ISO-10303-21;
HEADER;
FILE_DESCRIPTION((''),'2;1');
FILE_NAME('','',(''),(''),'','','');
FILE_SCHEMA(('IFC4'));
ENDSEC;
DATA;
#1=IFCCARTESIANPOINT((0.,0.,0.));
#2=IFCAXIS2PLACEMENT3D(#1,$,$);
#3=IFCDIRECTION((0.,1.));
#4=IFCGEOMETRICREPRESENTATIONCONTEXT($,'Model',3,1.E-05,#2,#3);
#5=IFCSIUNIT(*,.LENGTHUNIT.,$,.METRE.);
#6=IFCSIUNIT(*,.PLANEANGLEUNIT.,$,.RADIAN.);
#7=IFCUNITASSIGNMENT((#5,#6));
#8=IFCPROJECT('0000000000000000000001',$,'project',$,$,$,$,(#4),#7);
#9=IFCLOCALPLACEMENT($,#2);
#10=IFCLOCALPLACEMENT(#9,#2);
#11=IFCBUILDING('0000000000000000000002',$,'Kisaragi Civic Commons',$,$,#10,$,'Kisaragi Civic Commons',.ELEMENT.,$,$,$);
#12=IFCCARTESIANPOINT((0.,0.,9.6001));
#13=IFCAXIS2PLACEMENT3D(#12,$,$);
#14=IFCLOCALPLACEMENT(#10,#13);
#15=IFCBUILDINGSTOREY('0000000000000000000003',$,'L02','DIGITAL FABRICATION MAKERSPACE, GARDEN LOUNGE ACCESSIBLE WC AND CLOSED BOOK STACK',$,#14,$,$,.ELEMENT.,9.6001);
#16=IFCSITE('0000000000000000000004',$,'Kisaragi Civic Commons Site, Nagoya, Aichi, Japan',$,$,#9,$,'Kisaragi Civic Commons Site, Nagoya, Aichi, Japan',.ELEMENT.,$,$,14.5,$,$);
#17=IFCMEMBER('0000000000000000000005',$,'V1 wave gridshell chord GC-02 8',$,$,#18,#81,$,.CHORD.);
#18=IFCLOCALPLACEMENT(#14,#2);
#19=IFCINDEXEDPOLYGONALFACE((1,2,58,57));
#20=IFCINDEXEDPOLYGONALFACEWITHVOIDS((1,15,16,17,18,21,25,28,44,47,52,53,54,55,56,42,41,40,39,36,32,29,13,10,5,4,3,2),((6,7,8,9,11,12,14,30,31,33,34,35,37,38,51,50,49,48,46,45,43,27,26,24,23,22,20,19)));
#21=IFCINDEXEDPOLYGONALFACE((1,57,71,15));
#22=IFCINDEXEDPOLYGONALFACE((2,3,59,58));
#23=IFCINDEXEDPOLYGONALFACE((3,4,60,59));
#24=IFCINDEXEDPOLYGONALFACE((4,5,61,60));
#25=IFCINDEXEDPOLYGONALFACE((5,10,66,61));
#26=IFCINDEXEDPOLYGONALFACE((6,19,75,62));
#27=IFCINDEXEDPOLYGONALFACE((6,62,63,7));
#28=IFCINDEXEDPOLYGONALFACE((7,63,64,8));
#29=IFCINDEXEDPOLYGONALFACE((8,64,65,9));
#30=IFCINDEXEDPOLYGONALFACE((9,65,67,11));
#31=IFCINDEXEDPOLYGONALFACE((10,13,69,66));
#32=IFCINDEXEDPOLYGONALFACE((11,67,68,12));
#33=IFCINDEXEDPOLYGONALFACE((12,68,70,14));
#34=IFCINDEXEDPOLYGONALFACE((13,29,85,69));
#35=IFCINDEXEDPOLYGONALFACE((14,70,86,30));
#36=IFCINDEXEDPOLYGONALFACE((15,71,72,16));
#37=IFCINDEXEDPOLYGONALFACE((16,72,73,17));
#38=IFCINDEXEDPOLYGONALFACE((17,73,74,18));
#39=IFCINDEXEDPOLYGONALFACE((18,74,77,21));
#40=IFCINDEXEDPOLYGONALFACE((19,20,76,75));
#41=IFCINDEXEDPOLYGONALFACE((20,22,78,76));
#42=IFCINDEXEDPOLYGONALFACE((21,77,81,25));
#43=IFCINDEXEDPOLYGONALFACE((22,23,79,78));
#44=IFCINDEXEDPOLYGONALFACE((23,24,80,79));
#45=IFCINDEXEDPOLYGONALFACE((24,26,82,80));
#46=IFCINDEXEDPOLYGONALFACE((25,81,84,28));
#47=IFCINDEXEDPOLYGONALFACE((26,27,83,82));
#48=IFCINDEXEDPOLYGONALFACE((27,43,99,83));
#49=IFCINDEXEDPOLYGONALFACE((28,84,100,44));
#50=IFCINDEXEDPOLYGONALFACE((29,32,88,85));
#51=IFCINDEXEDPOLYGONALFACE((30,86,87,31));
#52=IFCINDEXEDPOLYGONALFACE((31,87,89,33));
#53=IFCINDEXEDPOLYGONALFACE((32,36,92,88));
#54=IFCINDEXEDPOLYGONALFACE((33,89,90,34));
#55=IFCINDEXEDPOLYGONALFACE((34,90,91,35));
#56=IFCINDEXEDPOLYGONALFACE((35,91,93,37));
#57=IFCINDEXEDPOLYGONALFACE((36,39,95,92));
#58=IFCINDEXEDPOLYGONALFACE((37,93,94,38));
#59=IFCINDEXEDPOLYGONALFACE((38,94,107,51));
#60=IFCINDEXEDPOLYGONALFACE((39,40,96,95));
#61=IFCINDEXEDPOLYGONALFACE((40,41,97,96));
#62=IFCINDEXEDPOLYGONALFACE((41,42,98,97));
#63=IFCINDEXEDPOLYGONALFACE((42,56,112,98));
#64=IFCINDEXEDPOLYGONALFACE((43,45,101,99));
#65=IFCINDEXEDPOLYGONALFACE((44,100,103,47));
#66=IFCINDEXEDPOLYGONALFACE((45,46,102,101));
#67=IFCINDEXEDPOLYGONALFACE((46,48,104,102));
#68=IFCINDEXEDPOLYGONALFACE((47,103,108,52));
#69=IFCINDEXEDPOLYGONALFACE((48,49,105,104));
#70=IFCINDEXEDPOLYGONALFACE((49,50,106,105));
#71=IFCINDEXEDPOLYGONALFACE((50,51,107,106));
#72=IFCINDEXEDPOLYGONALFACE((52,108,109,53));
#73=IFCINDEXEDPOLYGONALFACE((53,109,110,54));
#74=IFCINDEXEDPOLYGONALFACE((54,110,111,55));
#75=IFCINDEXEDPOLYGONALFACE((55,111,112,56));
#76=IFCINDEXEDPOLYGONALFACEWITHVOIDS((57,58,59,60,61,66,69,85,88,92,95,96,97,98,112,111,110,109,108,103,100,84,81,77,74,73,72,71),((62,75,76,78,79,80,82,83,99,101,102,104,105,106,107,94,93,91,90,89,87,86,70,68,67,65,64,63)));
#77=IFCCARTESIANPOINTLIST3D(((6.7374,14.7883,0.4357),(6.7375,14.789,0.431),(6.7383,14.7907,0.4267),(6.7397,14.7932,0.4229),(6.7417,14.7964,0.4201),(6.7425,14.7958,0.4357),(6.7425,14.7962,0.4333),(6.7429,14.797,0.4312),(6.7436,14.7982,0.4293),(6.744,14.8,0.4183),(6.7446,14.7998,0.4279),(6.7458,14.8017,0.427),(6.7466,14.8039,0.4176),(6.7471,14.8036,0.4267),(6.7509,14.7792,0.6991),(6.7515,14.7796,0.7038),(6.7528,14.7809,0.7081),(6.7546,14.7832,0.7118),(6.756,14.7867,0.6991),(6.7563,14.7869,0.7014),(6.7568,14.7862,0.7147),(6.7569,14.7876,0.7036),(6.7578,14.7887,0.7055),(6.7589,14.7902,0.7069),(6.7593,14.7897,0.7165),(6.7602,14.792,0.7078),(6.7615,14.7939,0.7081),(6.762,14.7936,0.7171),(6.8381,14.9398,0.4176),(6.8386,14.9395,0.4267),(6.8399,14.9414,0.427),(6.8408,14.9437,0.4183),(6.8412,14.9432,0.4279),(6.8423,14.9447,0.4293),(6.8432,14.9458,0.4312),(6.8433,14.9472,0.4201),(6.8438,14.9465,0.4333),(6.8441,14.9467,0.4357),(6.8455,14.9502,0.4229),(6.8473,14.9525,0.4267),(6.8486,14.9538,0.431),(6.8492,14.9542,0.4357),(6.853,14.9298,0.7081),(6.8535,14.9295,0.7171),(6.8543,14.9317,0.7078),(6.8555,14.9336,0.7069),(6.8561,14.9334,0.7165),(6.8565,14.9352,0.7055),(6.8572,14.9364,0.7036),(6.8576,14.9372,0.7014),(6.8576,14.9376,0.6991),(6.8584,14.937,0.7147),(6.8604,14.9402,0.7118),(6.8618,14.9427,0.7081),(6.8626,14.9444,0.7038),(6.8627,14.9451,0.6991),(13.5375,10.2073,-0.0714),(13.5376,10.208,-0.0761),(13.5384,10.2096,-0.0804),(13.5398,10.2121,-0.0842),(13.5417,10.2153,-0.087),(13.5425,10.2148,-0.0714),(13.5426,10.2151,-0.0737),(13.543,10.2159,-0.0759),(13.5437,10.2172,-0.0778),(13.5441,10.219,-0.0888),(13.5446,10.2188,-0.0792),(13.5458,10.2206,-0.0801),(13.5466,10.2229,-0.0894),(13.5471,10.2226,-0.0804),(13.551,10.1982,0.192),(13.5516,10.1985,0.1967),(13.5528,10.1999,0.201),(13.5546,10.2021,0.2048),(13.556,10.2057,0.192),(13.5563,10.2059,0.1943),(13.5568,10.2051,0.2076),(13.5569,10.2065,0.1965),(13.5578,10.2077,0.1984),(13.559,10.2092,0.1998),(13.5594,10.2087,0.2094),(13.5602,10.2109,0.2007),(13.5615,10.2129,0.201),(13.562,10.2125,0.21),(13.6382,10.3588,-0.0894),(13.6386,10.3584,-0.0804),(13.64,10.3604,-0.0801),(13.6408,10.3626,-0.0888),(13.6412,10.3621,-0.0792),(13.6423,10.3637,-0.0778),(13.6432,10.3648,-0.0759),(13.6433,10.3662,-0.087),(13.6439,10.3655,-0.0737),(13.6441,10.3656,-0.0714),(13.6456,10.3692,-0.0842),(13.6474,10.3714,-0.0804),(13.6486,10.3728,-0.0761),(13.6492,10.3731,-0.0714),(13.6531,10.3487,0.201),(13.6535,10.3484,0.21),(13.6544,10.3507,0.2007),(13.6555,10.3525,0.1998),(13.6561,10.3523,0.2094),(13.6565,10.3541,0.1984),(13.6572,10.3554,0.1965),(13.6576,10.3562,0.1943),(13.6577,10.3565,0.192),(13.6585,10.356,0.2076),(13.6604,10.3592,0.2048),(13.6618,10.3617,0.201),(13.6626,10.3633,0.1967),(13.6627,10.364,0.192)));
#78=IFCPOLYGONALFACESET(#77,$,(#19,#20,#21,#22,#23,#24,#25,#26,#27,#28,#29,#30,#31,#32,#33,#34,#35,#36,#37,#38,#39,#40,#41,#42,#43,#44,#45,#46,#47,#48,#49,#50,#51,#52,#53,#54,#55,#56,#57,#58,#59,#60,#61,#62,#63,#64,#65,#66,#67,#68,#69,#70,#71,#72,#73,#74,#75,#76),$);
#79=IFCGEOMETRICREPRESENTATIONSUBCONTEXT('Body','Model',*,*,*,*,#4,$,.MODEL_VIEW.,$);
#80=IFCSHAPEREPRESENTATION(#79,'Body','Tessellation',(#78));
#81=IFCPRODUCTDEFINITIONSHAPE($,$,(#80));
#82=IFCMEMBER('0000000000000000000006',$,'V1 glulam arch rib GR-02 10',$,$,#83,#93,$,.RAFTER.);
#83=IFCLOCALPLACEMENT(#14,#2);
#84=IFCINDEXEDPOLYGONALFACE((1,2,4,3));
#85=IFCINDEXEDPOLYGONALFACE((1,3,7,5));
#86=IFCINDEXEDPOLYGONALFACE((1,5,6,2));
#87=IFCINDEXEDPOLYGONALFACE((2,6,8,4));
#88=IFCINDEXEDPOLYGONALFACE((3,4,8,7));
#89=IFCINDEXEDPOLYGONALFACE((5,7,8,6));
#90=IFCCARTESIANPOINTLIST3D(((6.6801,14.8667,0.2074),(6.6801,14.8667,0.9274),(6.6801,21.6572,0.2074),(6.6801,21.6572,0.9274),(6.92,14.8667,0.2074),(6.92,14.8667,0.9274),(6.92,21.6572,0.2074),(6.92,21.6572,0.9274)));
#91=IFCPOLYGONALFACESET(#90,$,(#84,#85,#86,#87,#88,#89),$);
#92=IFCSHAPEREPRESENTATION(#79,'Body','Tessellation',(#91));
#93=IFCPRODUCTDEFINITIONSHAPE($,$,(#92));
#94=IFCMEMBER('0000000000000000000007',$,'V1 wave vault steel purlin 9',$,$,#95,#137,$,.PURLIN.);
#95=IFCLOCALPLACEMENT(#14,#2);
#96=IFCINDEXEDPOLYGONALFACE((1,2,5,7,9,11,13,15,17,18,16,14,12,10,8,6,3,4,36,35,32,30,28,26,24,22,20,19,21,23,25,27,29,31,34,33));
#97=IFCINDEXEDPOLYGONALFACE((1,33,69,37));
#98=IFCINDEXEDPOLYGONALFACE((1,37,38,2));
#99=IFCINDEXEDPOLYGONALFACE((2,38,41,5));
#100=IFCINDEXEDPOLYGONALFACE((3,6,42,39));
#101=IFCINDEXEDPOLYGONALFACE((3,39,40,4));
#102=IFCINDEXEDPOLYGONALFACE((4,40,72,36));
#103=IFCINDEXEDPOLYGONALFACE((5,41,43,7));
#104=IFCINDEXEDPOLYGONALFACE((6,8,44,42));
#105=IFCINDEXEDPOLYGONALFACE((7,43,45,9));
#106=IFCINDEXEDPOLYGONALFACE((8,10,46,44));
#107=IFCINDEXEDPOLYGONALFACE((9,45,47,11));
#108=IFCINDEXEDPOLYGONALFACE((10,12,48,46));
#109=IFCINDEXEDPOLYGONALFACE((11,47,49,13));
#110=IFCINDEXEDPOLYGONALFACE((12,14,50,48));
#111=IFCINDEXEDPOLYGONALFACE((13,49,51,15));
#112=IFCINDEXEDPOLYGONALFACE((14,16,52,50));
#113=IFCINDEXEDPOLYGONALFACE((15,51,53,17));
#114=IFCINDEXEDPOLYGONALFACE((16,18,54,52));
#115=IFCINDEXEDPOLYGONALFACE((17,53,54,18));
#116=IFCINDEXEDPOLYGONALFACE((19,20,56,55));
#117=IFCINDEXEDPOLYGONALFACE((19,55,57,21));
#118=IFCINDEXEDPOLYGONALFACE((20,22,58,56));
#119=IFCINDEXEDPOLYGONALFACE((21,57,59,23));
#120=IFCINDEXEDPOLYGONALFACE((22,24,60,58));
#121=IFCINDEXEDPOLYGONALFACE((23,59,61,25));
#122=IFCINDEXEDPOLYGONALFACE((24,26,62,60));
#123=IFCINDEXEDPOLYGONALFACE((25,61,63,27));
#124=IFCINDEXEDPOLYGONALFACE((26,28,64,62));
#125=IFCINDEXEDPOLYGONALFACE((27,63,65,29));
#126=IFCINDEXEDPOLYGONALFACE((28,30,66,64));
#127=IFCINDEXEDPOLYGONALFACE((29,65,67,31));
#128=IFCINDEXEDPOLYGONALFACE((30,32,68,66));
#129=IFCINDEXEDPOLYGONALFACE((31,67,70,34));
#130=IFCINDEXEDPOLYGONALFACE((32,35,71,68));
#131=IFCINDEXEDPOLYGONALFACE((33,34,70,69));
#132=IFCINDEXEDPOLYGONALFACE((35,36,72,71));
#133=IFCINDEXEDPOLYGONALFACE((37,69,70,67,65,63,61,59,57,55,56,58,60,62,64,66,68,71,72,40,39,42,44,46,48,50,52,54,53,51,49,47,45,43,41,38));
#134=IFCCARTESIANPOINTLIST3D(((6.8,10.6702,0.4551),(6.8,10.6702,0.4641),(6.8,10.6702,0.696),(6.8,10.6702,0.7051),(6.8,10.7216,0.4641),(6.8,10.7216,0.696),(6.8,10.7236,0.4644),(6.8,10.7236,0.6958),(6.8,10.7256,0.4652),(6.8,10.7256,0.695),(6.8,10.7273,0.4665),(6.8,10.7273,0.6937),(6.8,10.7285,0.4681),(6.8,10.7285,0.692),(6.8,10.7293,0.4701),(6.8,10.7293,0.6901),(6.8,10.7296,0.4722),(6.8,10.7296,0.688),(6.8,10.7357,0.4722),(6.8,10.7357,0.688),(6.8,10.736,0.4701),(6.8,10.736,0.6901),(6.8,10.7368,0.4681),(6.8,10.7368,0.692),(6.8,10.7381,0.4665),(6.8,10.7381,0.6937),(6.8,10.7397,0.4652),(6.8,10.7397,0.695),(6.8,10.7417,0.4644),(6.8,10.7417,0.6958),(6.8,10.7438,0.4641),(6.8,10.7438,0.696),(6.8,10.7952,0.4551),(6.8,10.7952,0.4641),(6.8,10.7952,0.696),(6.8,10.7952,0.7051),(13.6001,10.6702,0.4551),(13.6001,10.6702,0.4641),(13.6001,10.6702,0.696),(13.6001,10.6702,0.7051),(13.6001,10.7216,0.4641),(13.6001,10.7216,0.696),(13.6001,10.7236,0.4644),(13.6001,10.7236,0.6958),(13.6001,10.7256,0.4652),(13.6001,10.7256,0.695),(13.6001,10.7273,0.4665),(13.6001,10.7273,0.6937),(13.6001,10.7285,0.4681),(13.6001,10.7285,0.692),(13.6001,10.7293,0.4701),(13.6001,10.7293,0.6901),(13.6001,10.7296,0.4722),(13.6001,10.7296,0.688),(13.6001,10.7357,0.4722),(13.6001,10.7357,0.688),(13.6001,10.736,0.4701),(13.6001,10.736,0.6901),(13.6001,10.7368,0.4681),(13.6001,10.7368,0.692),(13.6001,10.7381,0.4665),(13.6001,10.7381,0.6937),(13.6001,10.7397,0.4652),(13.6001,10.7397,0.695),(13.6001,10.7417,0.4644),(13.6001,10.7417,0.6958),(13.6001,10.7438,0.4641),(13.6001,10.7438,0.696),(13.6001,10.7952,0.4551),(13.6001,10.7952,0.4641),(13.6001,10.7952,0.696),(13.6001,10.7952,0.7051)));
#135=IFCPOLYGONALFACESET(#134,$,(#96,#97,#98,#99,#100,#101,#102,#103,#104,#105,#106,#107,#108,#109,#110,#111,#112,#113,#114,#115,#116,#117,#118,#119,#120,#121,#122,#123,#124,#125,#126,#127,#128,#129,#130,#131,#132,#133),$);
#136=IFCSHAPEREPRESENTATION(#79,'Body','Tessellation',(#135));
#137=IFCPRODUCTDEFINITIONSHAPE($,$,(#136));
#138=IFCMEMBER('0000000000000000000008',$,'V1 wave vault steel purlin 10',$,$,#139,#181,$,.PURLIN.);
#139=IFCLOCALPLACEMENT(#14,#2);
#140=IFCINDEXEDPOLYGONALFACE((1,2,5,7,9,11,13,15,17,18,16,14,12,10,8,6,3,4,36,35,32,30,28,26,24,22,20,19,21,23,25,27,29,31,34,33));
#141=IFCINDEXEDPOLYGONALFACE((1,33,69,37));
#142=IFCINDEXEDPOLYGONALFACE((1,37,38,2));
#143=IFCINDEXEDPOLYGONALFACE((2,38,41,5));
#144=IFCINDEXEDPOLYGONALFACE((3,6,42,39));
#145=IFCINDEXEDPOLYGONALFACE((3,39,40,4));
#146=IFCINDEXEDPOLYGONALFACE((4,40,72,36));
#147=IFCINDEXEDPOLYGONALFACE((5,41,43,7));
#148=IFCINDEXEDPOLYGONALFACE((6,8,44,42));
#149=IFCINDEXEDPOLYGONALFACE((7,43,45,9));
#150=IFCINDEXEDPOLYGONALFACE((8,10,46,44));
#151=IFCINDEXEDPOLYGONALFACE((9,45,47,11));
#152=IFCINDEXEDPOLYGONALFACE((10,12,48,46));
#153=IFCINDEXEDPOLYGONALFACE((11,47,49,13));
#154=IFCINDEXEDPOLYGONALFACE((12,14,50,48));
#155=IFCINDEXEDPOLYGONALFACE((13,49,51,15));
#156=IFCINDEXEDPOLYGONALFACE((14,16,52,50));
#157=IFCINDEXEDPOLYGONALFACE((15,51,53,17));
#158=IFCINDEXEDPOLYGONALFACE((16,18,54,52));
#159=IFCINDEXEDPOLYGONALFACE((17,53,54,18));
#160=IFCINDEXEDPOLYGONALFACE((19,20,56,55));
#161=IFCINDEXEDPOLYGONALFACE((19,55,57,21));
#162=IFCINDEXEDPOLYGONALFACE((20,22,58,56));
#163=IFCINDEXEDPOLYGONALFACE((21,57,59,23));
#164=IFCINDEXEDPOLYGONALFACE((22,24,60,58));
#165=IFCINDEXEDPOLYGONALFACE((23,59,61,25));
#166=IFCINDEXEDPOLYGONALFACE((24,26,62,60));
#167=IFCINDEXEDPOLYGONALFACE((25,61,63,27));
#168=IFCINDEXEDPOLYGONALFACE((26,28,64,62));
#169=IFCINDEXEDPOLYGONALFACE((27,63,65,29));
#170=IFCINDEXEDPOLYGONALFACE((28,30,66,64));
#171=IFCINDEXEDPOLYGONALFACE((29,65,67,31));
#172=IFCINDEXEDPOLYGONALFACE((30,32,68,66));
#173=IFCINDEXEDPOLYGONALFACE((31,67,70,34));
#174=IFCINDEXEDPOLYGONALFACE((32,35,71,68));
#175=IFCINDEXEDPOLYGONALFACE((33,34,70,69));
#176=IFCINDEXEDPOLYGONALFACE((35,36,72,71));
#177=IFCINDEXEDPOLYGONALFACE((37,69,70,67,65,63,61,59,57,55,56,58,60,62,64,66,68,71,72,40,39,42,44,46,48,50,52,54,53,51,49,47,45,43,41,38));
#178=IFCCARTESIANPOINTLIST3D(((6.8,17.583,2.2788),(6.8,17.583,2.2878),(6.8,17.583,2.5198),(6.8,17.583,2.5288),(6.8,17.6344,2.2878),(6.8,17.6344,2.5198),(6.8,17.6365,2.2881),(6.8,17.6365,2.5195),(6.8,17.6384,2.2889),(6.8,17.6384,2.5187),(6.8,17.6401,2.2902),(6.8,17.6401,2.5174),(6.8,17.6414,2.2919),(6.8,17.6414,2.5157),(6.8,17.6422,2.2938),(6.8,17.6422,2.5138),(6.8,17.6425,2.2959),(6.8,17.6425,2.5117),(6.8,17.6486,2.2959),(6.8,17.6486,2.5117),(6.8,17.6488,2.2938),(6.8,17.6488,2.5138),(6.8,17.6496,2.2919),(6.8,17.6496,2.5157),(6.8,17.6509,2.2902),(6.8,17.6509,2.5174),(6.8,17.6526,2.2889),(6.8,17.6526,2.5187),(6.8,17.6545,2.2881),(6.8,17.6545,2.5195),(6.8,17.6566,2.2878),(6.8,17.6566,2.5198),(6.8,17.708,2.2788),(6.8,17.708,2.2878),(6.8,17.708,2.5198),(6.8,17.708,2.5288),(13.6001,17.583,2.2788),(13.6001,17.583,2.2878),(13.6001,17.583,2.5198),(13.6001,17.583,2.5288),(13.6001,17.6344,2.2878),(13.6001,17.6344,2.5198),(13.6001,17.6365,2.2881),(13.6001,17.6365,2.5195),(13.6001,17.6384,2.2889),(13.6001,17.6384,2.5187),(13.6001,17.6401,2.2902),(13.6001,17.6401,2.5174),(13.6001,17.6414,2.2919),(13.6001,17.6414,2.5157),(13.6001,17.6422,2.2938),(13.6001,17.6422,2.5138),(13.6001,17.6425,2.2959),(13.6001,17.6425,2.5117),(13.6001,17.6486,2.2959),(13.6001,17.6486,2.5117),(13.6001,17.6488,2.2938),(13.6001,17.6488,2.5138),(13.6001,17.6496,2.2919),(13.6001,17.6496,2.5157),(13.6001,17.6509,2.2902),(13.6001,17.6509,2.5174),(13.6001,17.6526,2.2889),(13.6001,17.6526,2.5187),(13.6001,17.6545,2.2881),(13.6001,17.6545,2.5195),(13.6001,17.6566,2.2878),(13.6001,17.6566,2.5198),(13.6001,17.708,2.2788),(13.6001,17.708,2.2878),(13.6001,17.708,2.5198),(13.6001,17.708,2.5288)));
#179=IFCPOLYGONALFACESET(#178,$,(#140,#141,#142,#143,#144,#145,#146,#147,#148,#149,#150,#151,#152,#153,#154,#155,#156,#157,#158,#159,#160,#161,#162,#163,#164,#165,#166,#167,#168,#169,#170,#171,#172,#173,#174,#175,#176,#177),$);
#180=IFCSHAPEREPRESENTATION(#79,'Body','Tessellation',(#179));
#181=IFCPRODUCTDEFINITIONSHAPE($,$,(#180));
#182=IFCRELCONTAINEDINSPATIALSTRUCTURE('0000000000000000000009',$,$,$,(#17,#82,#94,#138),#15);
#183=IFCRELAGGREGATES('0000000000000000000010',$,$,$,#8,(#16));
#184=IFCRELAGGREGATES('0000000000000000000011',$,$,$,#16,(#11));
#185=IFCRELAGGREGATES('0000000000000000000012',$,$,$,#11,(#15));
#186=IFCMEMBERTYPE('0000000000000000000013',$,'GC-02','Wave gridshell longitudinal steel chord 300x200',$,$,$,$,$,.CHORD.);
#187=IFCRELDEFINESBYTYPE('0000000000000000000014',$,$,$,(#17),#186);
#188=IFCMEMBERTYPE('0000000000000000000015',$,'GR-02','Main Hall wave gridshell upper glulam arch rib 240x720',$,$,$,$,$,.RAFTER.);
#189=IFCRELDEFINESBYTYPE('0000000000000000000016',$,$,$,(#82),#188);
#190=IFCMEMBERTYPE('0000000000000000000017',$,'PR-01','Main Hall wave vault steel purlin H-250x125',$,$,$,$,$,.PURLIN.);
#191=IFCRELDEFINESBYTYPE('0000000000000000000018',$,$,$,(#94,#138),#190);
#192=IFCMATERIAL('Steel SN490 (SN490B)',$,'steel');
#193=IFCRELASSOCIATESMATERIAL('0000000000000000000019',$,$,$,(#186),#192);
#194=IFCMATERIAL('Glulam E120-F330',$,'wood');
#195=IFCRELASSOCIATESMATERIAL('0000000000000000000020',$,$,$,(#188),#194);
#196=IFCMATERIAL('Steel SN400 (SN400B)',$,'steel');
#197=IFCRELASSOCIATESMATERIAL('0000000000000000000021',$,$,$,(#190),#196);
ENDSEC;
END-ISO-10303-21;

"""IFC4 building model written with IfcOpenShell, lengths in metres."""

from ifc_helpers import new_model, si_unit, direction, frame, origin, origin_2d, place, context, subcontext, project, spatial, rectangle, hollow_rectangle, i_section, extrude, material, material_profile, profile_set, type_object, element, save


model = new_model("IFC4")

# Units and contexts
model_context = context("Model", 3, precision=1e-05, world=origin(), true_north=direction((0.0, 1.0)))
body_context = subcontext(model_context, "Body", "Model", "MODEL_VIEW")
ifc_project = project(units=[si_unit("LENGTHUNIT", "METRE"), si_unit("PLANEANGLEUNIT", "RADIAN")], contexts=[model_context])

# Site, building, storey
site_placement = place(None, origin())
site = spatial("IfcSite", under=ifc_project, at=site_placement, Name="Kisaragi Civic Commons Site, Nagoya, Aichi, Japan", LongName="Kisaragi Civic Commons Site, Nagoya, Aichi, Japan", CompositionType="ELEMENT", RefElevation=14.5)
building_placement = place(site_placement, origin())
building = spatial("IfcBuilding", under=site, at=building_placement, Name="Kisaragi Civic Commons", LongName="Kisaragi Civic Commons", CompositionType="ELEMENT")
storey_placement = place(building_placement, frame((0.0, 0.0, 9.6001)))
storey = spatial("IfcBuildingStorey", under=building, at=storey_placement, Name="L02", Description="DIGITAL FABRICATION MAKERSPACE, GARDEN LOUNGE ACCESSIBLE WC AND CLOSED BOOK STACK", CompositionType="ELEMENT", Elevation=9.6001)

# Shared definitions
ifc_material_1 = material(Name="Steel SN400 (SN400B)", Category="steel")

# Members
ifc_material_2 = material(Name="Steel SN490 (SN490B)", Category="steel")
ifc_material_profile_1 = material_profile(ifc_material_2, hollow_rectangle(XDim=0.2, YDim=0.3, WallThickness=0.009, InnerFilletRadius=0.009, OuterFilletRadius=0.0181, at=origin_2d()), Name="STKR-300x200x9", Category="steel")
ifc_profile_set_1 = profile_set([ifc_material_profile_1], Name="Steel SN490 (SN490B)")
member_type_1 = type_object("IfcMemberType", Name="GC-02", Description="Wave gridshell longitudinal steel chord 300x200", PredefinedType="CHORD", material=ifc_profile_set_1)
member_1_placement = place(storey_placement, frame((6.8, 14.8667, 0.5674), z_axis=(0.827775, -0.557655, -0.061727), x_axis=(0.55872, 0.829356, 0.0)))
element("IfcMember", 1, at=member_1_placement, inside=storey, type_object=member_type_1, Name="V1 wave gridshell chord GC-02 8", PredefinedType="CHORD", context=body_context, shape_type="SweptSolid", body=[
    extrude(hollow_rectangle(XDim=0.2, YDim=0.3, WallThickness=0.009, InnerFilletRadius=0.009, OuterFilletRadius=0.0181, at=origin_2d()), origin(), (0.0, 0.0, 1.0), 8.2148),
])
ifc_material_3 = material(Name="Glulam E120-F330", Category="wood")
ifc_material_profile_2 = material_profile(ifc_material_3, rectangle(XDim=0.24, YDim=0.72, at=origin_2d()), Name="GL-240x720", Category="wood")
ifc_profile_set_2 = profile_set([ifc_material_profile_2], Name="Glulam E120-F330")
member_type_2 = type_object("IfcMemberType", Name="GR-02", Description="Main Hall wave gridshell upper glulam arch rib 240x720", PredefinedType="RAFTER", material=ifc_profile_set_2)
member_2_placement = place(storey_placement, frame((6.8, 14.8667, 0.5674), z_axis=(0.0, 1.0, 0.0), x_axis=(-1.0, 0.0, 0.0)))
element("IfcMember", 2, at=member_2_placement, inside=storey, type_object=member_type_2, Name="V1 glulam arch rib GR-02 10", PredefinedType="RAFTER", context=body_context, shape_type="SweptSolid", body=[
    extrude(rectangle(XDim=0.24, YDim=0.72, at=origin_2d()), origin(), (0.0, 0.0, 1.0), 6.7905),
])
ifc_material_profile_3 = material_profile(ifc_material_1, i_section(OverallWidth=0.125, OverallDepth=0.25, WebThickness=0.0061, FlangeThickness=0.009, FilletRadius=0.0081, at=origin_2d()), Name="H-250x125x6x9", Category="steel")
ifc_profile_set_3 = profile_set([ifc_material_profile_3], Name="Steel SN400 (SN400B)")
member_type_3 = type_object("IfcMemberType", Name="PR-01", Description="Main Hall wave vault steel purlin H-250x125", PredefinedType="PURLIN", material=ifc_profile_set_3)
for number, where, z_axis, x_axis, name in (
    (3, (6.8, 10.7327, 0.5801), (1.0, 0.0, 0.0), (0.0, 1.0, 0.0), "V1 wave vault steel purlin 9"),
    (4, (6.8, 17.6455, 2.4038), (1.0, 0.0, 0.0), (0.0, 1.0, 0.0), "V1 wave vault steel purlin 10"),
):
    element("IfcMember", number, at=place(storey_placement, frame(where, z_axis=z_axis, x_axis=x_axis)), inside=storey, type_object=member_type_3, Name=name, PredefinedType="PURLIN", context=body_context, shape_type="SweptSolid", body=[
        extrude(i_section(OverallWidth=0.125, OverallDepth=0.25, WebThickness=0.0061, FlangeThickness=0.009, FilletRadius=0.0081, at=origin_2d()), origin(), (0.0, 0.0, 1.0), 6.8),
    ])

save(model, "model.ifc")
